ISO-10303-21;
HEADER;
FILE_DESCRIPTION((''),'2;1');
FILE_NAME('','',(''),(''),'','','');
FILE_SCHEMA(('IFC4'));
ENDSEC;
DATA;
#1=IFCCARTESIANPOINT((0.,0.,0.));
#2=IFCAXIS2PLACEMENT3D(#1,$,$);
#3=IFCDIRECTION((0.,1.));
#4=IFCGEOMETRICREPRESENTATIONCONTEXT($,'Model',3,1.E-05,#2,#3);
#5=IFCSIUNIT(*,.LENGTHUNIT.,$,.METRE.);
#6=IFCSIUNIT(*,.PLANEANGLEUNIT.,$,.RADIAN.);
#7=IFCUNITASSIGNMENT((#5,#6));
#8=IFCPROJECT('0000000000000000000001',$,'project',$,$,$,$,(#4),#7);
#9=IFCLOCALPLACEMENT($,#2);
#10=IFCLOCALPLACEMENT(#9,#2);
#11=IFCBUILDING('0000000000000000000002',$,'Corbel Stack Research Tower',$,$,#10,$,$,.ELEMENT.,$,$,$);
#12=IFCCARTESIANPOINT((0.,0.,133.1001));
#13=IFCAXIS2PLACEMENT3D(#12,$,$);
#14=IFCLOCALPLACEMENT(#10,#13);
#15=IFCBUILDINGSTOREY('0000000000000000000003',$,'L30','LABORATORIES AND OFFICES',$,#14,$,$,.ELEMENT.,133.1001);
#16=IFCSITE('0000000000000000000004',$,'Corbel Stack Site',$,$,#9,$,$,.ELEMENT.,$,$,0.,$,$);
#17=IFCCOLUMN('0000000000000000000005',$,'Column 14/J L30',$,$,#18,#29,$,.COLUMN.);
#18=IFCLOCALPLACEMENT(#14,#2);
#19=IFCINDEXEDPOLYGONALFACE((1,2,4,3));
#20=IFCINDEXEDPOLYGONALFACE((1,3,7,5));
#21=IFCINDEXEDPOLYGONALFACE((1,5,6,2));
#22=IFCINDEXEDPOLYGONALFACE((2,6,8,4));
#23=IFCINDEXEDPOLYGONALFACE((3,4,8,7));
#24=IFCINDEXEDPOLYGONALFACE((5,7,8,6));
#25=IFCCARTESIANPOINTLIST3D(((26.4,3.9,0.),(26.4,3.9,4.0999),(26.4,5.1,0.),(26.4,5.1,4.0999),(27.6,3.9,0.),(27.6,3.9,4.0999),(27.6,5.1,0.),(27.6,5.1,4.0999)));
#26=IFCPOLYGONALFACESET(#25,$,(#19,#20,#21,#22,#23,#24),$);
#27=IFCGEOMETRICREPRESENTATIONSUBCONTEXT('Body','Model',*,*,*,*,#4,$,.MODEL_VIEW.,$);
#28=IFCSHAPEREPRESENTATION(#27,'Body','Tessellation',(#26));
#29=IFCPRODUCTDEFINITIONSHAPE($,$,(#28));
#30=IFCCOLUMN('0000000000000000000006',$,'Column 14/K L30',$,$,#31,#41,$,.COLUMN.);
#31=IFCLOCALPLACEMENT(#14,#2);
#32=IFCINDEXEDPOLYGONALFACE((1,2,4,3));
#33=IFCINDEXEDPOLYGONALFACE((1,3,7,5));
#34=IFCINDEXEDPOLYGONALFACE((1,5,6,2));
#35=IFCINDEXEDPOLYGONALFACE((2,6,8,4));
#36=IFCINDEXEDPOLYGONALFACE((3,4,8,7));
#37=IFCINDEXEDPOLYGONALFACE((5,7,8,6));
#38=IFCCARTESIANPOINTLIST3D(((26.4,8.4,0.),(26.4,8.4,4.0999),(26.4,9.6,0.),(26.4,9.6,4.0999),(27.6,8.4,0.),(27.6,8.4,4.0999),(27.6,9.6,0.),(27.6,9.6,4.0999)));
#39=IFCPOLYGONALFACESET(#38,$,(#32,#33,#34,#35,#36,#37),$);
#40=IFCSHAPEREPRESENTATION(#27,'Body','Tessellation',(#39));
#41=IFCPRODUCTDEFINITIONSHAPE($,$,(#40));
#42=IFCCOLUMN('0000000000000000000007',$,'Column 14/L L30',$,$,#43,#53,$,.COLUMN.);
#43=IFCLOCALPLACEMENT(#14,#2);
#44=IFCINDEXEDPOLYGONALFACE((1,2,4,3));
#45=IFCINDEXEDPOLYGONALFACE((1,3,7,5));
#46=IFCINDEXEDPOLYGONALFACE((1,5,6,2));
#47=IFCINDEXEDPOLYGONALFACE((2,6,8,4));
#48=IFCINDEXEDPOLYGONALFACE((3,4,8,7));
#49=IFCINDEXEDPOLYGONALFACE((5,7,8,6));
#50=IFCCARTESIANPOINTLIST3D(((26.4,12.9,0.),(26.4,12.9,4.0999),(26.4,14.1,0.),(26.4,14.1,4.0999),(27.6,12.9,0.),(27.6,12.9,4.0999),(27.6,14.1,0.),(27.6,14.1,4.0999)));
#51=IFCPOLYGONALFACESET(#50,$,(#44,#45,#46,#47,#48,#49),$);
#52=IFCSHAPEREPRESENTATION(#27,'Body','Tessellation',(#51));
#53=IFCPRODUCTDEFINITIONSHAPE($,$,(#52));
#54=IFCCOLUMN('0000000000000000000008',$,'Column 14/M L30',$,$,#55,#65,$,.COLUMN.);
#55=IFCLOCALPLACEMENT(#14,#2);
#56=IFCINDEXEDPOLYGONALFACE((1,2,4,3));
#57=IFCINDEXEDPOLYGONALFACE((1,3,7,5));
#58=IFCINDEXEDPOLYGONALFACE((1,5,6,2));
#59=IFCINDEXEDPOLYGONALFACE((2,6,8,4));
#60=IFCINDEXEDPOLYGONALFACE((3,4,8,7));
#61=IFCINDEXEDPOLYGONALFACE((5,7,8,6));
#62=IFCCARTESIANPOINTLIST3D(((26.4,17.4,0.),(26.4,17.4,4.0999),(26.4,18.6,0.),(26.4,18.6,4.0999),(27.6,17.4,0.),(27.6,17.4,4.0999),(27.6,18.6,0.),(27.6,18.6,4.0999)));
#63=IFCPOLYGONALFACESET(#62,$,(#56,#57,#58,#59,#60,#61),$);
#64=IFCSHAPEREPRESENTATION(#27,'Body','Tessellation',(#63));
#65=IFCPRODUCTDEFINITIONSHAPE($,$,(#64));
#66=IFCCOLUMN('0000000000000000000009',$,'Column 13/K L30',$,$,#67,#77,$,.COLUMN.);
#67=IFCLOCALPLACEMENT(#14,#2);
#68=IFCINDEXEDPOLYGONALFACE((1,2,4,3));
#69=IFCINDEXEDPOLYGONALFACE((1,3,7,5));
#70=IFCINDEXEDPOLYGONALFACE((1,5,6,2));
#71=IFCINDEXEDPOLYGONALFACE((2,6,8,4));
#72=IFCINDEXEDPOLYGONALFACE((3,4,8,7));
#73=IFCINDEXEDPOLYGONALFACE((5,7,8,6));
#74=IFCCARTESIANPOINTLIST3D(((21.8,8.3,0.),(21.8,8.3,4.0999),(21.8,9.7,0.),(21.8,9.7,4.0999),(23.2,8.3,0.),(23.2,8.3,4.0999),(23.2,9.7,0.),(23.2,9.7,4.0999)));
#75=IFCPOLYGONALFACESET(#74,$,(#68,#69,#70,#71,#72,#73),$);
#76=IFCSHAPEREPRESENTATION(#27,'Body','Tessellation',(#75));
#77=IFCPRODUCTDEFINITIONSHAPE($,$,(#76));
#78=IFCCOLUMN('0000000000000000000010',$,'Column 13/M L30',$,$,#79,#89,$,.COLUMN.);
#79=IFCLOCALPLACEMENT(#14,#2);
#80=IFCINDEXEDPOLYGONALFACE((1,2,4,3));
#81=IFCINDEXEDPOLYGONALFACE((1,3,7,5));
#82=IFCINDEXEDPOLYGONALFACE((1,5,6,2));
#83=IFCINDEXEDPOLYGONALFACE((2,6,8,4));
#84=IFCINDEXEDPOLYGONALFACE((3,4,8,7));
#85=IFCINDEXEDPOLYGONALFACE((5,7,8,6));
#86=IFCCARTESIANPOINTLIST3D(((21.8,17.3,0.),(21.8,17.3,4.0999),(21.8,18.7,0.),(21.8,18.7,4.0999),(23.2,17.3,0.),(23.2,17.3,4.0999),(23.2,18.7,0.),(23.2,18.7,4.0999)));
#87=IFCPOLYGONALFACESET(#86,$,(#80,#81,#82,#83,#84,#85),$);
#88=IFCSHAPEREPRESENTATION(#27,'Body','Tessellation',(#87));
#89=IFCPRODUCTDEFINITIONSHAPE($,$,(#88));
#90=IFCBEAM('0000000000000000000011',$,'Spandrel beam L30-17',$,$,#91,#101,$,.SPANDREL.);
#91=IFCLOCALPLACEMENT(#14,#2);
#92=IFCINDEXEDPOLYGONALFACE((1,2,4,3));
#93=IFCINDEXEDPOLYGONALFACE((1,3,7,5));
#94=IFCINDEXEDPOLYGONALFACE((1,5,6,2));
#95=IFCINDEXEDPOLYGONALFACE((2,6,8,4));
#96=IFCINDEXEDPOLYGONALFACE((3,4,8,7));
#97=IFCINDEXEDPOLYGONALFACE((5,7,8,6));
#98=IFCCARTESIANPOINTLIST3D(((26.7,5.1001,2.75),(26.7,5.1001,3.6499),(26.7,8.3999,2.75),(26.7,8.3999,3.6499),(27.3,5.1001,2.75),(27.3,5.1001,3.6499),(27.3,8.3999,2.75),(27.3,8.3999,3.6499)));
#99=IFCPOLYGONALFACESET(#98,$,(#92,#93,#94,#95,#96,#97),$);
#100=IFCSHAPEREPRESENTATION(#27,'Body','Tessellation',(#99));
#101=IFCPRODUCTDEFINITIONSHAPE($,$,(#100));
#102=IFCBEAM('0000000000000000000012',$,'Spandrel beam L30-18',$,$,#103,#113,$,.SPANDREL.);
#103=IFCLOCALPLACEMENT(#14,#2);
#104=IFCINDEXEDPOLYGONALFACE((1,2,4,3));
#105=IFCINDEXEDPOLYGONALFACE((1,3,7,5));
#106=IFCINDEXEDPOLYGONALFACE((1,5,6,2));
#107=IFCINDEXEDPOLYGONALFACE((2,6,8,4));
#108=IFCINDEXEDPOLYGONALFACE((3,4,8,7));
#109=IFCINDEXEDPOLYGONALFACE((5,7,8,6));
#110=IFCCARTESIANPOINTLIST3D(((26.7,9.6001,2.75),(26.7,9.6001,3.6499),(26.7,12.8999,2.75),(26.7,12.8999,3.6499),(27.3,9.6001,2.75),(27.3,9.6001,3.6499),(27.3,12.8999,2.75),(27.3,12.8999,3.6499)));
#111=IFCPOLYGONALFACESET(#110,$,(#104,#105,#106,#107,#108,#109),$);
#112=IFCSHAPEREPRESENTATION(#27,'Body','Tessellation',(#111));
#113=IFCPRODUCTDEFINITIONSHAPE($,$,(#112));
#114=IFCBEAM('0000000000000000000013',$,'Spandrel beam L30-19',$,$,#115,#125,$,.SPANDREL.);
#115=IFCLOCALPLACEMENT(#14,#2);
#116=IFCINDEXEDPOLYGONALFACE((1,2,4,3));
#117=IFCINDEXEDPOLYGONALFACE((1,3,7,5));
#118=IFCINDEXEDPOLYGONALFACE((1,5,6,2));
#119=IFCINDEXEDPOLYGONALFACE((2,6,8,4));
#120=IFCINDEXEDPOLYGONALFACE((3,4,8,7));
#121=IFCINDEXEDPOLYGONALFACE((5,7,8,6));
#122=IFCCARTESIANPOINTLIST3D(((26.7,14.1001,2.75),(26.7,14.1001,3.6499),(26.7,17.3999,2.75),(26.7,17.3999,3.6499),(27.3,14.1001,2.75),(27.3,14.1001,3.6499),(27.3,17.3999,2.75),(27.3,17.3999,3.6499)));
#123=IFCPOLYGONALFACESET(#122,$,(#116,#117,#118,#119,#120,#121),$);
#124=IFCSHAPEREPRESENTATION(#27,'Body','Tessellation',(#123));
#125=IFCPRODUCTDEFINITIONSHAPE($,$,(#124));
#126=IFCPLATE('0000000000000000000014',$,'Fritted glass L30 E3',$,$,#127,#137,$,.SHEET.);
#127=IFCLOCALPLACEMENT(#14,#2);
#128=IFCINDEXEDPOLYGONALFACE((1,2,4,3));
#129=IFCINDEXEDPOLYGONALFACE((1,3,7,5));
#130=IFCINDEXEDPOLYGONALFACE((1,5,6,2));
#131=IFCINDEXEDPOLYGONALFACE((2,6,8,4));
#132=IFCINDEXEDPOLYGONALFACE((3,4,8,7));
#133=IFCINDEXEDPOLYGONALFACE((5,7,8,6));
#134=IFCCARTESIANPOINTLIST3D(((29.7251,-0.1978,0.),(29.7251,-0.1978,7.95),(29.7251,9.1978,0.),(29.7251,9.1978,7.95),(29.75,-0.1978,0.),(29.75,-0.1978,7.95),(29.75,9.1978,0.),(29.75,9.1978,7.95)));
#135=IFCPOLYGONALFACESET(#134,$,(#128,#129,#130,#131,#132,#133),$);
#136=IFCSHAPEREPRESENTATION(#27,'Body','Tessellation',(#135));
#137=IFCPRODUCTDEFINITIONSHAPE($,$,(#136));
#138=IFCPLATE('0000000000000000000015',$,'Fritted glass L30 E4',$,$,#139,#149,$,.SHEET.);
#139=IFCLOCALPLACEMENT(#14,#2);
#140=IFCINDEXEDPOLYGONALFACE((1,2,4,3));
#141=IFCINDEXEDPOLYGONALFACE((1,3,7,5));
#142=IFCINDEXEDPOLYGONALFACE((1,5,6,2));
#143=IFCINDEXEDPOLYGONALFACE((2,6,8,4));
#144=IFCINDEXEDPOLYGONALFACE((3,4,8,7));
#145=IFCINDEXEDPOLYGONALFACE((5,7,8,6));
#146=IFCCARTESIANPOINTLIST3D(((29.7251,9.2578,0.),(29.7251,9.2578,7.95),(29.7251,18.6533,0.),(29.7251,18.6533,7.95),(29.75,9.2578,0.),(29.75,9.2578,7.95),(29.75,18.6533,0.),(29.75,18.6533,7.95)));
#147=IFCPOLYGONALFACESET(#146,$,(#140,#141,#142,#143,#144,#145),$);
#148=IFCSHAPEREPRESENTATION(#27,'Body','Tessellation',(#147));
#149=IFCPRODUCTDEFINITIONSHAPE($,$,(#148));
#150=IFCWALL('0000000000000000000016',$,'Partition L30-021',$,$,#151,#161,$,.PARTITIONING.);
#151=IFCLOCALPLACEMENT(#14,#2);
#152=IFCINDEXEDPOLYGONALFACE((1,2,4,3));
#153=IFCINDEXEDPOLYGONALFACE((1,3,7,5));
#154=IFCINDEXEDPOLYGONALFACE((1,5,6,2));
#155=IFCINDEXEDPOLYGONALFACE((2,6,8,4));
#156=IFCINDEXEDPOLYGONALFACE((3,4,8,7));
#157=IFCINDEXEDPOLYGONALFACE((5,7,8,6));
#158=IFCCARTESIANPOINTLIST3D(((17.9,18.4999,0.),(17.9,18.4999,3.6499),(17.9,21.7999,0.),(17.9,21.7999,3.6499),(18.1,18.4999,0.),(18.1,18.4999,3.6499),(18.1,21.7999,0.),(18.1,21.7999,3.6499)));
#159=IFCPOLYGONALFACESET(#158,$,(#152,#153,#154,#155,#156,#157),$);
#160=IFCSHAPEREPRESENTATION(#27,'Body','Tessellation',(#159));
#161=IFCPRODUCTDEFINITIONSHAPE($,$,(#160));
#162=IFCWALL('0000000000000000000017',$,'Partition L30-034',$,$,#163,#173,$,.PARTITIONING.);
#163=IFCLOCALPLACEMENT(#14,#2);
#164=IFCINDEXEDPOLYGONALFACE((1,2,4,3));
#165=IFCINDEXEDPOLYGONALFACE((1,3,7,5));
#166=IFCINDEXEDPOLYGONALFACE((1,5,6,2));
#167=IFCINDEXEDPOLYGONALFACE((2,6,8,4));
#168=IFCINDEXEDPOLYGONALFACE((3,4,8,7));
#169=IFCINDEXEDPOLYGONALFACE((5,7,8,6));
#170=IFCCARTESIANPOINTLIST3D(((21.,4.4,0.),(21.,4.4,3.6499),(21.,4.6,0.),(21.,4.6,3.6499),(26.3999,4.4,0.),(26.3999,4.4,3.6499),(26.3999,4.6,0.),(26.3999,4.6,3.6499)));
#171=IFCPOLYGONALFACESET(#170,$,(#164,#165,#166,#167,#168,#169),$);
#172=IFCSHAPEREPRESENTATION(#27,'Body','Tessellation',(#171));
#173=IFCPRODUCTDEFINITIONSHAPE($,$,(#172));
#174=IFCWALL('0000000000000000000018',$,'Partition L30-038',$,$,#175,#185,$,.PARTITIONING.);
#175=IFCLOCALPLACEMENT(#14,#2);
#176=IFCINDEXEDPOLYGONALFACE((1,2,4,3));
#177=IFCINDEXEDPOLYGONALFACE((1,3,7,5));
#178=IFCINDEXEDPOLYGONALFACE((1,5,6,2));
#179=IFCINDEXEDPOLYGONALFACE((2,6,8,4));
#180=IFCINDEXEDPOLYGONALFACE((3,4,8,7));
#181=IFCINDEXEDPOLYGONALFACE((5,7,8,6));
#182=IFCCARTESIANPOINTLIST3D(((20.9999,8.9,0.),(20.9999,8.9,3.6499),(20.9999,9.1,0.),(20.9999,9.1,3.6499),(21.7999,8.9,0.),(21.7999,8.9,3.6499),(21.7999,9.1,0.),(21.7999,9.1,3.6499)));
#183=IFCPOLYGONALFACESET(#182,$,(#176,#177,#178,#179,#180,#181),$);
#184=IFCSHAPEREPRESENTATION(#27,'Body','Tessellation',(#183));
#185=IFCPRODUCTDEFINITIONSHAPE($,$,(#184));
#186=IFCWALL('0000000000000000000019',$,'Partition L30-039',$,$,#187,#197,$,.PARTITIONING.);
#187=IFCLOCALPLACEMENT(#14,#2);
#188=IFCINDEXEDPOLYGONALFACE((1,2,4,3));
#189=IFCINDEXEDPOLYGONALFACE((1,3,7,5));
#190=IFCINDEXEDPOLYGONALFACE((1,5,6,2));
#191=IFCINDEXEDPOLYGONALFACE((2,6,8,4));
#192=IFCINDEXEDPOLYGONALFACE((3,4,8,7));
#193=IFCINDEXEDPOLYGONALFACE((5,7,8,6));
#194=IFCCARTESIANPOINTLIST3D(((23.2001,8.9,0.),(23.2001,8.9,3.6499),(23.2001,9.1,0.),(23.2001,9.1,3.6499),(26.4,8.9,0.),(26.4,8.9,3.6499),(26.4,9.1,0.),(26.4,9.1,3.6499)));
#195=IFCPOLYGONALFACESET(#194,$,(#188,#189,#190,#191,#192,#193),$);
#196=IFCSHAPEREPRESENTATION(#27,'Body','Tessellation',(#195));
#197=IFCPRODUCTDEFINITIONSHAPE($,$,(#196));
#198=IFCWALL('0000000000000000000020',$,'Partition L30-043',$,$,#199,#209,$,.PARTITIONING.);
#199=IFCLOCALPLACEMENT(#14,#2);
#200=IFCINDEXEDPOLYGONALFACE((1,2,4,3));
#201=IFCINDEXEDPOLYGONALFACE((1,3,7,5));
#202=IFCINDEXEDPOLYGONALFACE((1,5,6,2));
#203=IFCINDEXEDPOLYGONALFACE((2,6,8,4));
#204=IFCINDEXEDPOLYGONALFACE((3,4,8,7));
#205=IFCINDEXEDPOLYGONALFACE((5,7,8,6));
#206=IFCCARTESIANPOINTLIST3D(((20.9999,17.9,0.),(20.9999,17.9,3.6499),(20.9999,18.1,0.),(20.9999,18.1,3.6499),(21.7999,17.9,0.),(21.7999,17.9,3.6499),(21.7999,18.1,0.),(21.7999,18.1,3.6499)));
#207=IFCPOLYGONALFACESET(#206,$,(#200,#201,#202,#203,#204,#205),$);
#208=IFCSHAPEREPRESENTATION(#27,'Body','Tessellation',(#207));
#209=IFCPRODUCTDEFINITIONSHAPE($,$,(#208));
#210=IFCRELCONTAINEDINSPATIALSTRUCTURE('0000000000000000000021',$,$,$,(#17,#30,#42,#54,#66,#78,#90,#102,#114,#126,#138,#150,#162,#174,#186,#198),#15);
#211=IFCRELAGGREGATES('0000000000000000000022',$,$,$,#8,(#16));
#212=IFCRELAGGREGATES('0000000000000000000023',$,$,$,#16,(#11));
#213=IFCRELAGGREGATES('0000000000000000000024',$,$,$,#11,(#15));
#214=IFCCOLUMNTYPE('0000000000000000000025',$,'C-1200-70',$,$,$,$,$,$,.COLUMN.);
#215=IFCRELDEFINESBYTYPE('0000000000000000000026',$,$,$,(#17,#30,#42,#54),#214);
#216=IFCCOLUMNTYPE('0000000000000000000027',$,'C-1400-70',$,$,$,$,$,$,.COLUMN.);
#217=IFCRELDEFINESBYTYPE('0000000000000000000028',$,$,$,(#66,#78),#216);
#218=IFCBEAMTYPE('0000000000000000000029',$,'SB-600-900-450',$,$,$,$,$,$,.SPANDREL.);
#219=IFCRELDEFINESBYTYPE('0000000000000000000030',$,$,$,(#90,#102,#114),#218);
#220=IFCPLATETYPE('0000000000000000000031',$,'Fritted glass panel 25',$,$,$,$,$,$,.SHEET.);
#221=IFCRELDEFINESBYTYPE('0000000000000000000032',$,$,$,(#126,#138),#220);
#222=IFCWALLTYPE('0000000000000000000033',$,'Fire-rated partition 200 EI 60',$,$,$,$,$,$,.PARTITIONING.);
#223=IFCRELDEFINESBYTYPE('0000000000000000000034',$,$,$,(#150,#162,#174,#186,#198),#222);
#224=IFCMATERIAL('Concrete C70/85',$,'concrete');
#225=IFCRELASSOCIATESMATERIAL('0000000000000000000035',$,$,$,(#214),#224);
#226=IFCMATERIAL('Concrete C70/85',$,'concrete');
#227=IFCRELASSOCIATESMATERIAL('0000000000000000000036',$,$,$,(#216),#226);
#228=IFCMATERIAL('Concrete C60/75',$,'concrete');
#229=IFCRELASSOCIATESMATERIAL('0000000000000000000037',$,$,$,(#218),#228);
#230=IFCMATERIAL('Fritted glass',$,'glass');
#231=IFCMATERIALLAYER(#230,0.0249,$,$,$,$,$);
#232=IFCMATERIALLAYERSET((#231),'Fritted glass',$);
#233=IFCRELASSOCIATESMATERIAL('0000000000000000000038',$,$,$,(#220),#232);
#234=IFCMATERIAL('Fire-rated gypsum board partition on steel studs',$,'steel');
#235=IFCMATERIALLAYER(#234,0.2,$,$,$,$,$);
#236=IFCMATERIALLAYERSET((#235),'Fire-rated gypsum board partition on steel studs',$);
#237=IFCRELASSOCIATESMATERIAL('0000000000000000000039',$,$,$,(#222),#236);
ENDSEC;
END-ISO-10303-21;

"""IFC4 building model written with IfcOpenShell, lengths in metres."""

from ifc_helpers import new_model, si_unit, direction, frame, frame_2d, origin, origin_2d, place, context, subcontext, project, spatial, rectangle, extrude, material, layer, layer_set, material_profile, profile_set, type_object, element, save


model = new_model("IFC4")

# Units and contexts
model_context = context("Model", 3, precision=1e-05, world=origin(), true_north=direction((0.0, 1.0)))
body_context = subcontext(model_context, "Body", "Model", "MODEL_VIEW")
ifc_project = project(units=[si_unit("LENGTHUNIT", "METRE"), si_unit("PLANEANGLEUNIT", "RADIAN")], contexts=[model_context])

# Site, building, storey
site_placement = place(None, origin())
site = spatial("IfcSite", under=ifc_project, at=site_placement, Name="Corbel Stack Site", CompositionType="ELEMENT", RefElevation=0.0)
building_placement = place(site_placement, origin())
building = spatial("IfcBuilding", under=site, at=building_placement, Name="Corbel Stack Research Tower", CompositionType="ELEMENT")
storey_placement = place(building_placement, frame((0.0, 0.0, 133.1001)))
storey = spatial("IfcBuildingStorey", under=building, at=storey_placement, Name="L30", Description="LABORATORIES AND OFFICES", CompositionType="ELEMENT", Elevation=133.1001)

# Columns
ifc_material_1 = material(Name="Concrete C70/85", Category="concrete")
ifc_material_profile_1 = material_profile(ifc_material_1, rectangle(XDim=1.2, YDim=1.2, at=origin_2d()), Name="RC 1200 x 1200")
ifc_profile_set_1 = profile_set([ifc_material_profile_1], Name="Concrete C70/85")
column_type_1 = type_object("IfcColumnType", Name="C-1200-70", PredefinedType="COLUMN", material=ifc_profile_set_1)
for number, where, z_axis, x_axis, name in (
    (1, (27.0, 4.5, 0.0), (0.0, 0.0, 1.0), (1.0, 0.0, 0.0), "Column 14/J L30"),
    (2, (27.0, 9.0, 0.0), (0.0, 0.0, 1.0), (1.0, 0.0, 0.0), "Column 14/K L30"),
    (3, (27.0, 13.5, 0.0), (0.0, 0.0, 1.0), (1.0, 0.0, 0.0), "Column 14/L L30"),
    (4, (27.0, 18.0, 0.0), (0.0, 0.0, 1.0), (1.0, 0.0, 0.0), "Column 14/M L30"),
):
    element("IfcColumn", number, at=place(storey_placement, frame(where, z_axis=z_axis, x_axis=x_axis)), inside=storey, type_object=column_type_1, Name=name, PredefinedType="COLUMN", context=body_context, shape_type="SweptSolid", body=[
        extrude(rectangle(XDim=1.2, YDim=1.2, at=origin_2d()), origin(), (0.0, 0.0, 1.0), 4.0999),
    ])
ifc_material_2 = material(Name="Concrete C70/85", Category="concrete")
ifc_material_profile_2 = material_profile(ifc_material_2, rectangle(XDim=1.3999, YDim=1.3999, at=origin_2d()), Name="RC 1400 x 1400")
ifc_profile_set_2 = profile_set([ifc_material_profile_2], Name="Concrete C70/85")
column_type_2 = type_object("IfcColumnType", Name="C-1400-70", PredefinedType="COLUMN", material=ifc_profile_set_2)
for number, where, z_axis, x_axis, name in (
    (5, (22.5, 9.0, 0.0), (0.0, 0.0, 1.0), (1.0, 0.0, 0.0), "Column 13/K L30"),
    (6, (22.5, 18.0, 0.0), (0.0, 0.0, 1.0), (1.0, 0.0, 0.0), "Column 13/M L30"),
):
    element("IfcColumn", number, at=place(storey_placement, frame(where, z_axis=z_axis, x_axis=x_axis)), inside=storey, type_object=column_type_2, Name=name, PredefinedType="COLUMN", context=body_context, shape_type="SweptSolid", body=[
        extrude(rectangle(XDim=1.3999, YDim=1.3999, at=origin_2d()), origin(), (0.0, 0.0, 1.0), 4.0999),
    ])

# Beams
ifc_material_3 = material(Name="Concrete C60/75", Category="concrete")
ifc_material_profile_3 = material_profile(ifc_material_3, rectangle(XDim=0.6001, YDim=0.8999, at=origin_2d()), Name="RC 600 x 900")
ifc_profile_set_3 = profile_set([ifc_material_profile_3], Name="Concrete C60/75")
beam_type = type_object("IfcBeamType", Name="SB-600-900-450", PredefinedType="SPANDREL", material=ifc_profile_set_3)
for number, where, z_axis, x_axis, name in (
    (7, (27.0, 5.1001, 3.2), (0.0, 1.0, 0.0), (-1.0, 0.0, 0.0), "Spandrel beam L30-17"),
    (8, (27.0, 9.6001, 3.2), (0.0, 1.0, 0.0), (-1.0, 0.0, 0.0), "Spandrel beam L30-18"),
    (9, (27.0, 14.1001, 3.2), (0.0, 1.0, 0.0), (-1.0, 0.0, 0.0), "Spandrel beam L30-19"),
):
    element("IfcBeam", number, at=place(storey_placement, frame(where, z_axis=z_axis, x_axis=x_axis)), inside=storey, type_object=beam_type, Name=name, PredefinedType="SPANDREL", context=body_context, shape_type="SweptSolid", body=[
        extrude(rectangle(XDim=0.6001, YDim=0.8999, at=origin_2d()), origin(), (0.0, 0.0, 1.0), 3.2998),
    ])

# Plates
ifc_material_4 = material(Name="Fritted glass", Category="glass")
ifc_layer_1 = layer(ifc_material_4, 0.0249)
ifc_layer_set_1 = layer_set([ifc_layer_1], Name="Fritted glass")
plate_type = type_object("IfcPlateType", Name="Fritted glass panel 25", PredefinedType="SHEET", material=ifc_layer_set_1)
for number, where, z_axis, x_axis, name in (
    (10, (29.7375, 4.5, 0.0), (0.0, 0.0, 1.0), (0.0, 1.0, 0.0), "Fritted glass L30 E3"),
    (11, (29.7375, 13.9556, 0.0), (0.0, 0.0, 1.0), (0.0, 1.0, 0.0), "Fritted glass L30 E4"),
):
    element("IfcPlate", number, at=place(storey_placement, frame(where, z_axis=z_axis, x_axis=x_axis)), inside=storey, type_object=plate_type, Name=name, PredefinedType="SHEET", context=body_context, shape_type="SweptSolid", body=[
        extrude(rectangle(XDim=9.3955, YDim=0.0249, at=origin_2d()), origin(), (0.0, 0.0, 1.0), 7.95),
    ])

# Walls
ifc_material_5 = material(Name="Fire-rated gypsum board partition on steel studs", Category="steel")
ifc_layer_2 = layer(ifc_material_5, 0.2)
ifc_layer_set_2 = layer_set([ifc_layer_2], Name="Fire-rated gypsum board partition on steel studs")
wall_type_1 = type_object("IfcWallType", Name="Fire-rated partition 200 EI 60", PredefinedType="PARTITIONING", material=ifc_layer_set_2)
wall_1_placement = place(storey_placement, frame((18.0, 18.5, 0.0), z_axis=(0.0, 0.0, 1.0), x_axis=(0.0, 1.0, 0.0)))
element("IfcWall", 12, at=wall_1_placement, inside=storey, type_object=wall_type_1, Name="Partition L30-021", PredefinedType="PARTITIONING", context=body_context, shape_type="SweptSolid", body=[
    extrude(rectangle(XDim=3.3, YDim=0.2, at=frame_2d((1.6499, 0.0))), origin(), (0.0, 0.0, 1.0), 3.6499),
])
wall_2_placement = place(storey_placement, frame((21.0, 4.5, 0.0), z_axis=(0.0, 0.0, 1.0), x_axis=(1.0, 0.0, 0.0)))
element("IfcWall", 13, at=wall_2_placement, inside=storey, type_object=wall_type_1, Name="Partition L30-034", PredefinedType="PARTITIONING", context=body_context, shape_type="SweptSolid", body=[
    extrude(rectangle(XDim=5.3999, YDim=0.2, at=frame_2d((2.7, 0.0))), origin(), (0.0, 0.0, 1.0), 3.6499),
])
wall_3_placement = place(storey_placement, frame((21.0, 9.0, 0.0), z_axis=(0.0, 0.0, 1.0), x_axis=(1.0, 0.0, 0.0)))
element("IfcWall", 14, at=wall_3_placement, inside=storey, type_object=wall_type_1, Name="Partition L30-038", PredefinedType="PARTITIONING", context=body_context, shape_type="SweptSolid", body=[
    extrude(rectangle(XDim=0.8, YDim=0.2, at=frame_2d((0.3999, 0.0))), origin(), (0.0, 0.0, 1.0), 3.6499),
])
wall_4_placement = place(storey_placement, frame((23.2, 9.0, 0.0), z_axis=(0.0, 0.0, 1.0), x_axis=(1.0, 0.0, 0.0)))
element("IfcWall", 15, at=wall_4_placement, inside=storey, type_object=wall_type_1, Name="Partition L30-039", PredefinedType="PARTITIONING", context=body_context, shape_type="SweptSolid", body=[
    extrude(rectangle(XDim=3.2, YDim=0.2, at=frame_2d((1.6001, 0.0))), origin(), (0.0, 0.0, 1.0), 3.6499),
])
wall_5_placement = place(storey_placement, frame((21.0, 18.0, 0.0), z_axis=(0.0, 0.0, 1.0), x_axis=(1.0, 0.0, 0.0)))
element("IfcWall", 16, at=wall_5_placement, inside=storey, type_object=wall_type_1, Name="Partition L30-043", PredefinedType="PARTITIONING", context=body_context, shape_type="SweptSolid", body=[
    extrude(rectangle(XDim=0.8, YDim=0.2, at=frame_2d((0.3999, 0.0))), origin(), (0.0, 0.0, 1.0), 3.6499),
])

save(model, "model.ifc")
